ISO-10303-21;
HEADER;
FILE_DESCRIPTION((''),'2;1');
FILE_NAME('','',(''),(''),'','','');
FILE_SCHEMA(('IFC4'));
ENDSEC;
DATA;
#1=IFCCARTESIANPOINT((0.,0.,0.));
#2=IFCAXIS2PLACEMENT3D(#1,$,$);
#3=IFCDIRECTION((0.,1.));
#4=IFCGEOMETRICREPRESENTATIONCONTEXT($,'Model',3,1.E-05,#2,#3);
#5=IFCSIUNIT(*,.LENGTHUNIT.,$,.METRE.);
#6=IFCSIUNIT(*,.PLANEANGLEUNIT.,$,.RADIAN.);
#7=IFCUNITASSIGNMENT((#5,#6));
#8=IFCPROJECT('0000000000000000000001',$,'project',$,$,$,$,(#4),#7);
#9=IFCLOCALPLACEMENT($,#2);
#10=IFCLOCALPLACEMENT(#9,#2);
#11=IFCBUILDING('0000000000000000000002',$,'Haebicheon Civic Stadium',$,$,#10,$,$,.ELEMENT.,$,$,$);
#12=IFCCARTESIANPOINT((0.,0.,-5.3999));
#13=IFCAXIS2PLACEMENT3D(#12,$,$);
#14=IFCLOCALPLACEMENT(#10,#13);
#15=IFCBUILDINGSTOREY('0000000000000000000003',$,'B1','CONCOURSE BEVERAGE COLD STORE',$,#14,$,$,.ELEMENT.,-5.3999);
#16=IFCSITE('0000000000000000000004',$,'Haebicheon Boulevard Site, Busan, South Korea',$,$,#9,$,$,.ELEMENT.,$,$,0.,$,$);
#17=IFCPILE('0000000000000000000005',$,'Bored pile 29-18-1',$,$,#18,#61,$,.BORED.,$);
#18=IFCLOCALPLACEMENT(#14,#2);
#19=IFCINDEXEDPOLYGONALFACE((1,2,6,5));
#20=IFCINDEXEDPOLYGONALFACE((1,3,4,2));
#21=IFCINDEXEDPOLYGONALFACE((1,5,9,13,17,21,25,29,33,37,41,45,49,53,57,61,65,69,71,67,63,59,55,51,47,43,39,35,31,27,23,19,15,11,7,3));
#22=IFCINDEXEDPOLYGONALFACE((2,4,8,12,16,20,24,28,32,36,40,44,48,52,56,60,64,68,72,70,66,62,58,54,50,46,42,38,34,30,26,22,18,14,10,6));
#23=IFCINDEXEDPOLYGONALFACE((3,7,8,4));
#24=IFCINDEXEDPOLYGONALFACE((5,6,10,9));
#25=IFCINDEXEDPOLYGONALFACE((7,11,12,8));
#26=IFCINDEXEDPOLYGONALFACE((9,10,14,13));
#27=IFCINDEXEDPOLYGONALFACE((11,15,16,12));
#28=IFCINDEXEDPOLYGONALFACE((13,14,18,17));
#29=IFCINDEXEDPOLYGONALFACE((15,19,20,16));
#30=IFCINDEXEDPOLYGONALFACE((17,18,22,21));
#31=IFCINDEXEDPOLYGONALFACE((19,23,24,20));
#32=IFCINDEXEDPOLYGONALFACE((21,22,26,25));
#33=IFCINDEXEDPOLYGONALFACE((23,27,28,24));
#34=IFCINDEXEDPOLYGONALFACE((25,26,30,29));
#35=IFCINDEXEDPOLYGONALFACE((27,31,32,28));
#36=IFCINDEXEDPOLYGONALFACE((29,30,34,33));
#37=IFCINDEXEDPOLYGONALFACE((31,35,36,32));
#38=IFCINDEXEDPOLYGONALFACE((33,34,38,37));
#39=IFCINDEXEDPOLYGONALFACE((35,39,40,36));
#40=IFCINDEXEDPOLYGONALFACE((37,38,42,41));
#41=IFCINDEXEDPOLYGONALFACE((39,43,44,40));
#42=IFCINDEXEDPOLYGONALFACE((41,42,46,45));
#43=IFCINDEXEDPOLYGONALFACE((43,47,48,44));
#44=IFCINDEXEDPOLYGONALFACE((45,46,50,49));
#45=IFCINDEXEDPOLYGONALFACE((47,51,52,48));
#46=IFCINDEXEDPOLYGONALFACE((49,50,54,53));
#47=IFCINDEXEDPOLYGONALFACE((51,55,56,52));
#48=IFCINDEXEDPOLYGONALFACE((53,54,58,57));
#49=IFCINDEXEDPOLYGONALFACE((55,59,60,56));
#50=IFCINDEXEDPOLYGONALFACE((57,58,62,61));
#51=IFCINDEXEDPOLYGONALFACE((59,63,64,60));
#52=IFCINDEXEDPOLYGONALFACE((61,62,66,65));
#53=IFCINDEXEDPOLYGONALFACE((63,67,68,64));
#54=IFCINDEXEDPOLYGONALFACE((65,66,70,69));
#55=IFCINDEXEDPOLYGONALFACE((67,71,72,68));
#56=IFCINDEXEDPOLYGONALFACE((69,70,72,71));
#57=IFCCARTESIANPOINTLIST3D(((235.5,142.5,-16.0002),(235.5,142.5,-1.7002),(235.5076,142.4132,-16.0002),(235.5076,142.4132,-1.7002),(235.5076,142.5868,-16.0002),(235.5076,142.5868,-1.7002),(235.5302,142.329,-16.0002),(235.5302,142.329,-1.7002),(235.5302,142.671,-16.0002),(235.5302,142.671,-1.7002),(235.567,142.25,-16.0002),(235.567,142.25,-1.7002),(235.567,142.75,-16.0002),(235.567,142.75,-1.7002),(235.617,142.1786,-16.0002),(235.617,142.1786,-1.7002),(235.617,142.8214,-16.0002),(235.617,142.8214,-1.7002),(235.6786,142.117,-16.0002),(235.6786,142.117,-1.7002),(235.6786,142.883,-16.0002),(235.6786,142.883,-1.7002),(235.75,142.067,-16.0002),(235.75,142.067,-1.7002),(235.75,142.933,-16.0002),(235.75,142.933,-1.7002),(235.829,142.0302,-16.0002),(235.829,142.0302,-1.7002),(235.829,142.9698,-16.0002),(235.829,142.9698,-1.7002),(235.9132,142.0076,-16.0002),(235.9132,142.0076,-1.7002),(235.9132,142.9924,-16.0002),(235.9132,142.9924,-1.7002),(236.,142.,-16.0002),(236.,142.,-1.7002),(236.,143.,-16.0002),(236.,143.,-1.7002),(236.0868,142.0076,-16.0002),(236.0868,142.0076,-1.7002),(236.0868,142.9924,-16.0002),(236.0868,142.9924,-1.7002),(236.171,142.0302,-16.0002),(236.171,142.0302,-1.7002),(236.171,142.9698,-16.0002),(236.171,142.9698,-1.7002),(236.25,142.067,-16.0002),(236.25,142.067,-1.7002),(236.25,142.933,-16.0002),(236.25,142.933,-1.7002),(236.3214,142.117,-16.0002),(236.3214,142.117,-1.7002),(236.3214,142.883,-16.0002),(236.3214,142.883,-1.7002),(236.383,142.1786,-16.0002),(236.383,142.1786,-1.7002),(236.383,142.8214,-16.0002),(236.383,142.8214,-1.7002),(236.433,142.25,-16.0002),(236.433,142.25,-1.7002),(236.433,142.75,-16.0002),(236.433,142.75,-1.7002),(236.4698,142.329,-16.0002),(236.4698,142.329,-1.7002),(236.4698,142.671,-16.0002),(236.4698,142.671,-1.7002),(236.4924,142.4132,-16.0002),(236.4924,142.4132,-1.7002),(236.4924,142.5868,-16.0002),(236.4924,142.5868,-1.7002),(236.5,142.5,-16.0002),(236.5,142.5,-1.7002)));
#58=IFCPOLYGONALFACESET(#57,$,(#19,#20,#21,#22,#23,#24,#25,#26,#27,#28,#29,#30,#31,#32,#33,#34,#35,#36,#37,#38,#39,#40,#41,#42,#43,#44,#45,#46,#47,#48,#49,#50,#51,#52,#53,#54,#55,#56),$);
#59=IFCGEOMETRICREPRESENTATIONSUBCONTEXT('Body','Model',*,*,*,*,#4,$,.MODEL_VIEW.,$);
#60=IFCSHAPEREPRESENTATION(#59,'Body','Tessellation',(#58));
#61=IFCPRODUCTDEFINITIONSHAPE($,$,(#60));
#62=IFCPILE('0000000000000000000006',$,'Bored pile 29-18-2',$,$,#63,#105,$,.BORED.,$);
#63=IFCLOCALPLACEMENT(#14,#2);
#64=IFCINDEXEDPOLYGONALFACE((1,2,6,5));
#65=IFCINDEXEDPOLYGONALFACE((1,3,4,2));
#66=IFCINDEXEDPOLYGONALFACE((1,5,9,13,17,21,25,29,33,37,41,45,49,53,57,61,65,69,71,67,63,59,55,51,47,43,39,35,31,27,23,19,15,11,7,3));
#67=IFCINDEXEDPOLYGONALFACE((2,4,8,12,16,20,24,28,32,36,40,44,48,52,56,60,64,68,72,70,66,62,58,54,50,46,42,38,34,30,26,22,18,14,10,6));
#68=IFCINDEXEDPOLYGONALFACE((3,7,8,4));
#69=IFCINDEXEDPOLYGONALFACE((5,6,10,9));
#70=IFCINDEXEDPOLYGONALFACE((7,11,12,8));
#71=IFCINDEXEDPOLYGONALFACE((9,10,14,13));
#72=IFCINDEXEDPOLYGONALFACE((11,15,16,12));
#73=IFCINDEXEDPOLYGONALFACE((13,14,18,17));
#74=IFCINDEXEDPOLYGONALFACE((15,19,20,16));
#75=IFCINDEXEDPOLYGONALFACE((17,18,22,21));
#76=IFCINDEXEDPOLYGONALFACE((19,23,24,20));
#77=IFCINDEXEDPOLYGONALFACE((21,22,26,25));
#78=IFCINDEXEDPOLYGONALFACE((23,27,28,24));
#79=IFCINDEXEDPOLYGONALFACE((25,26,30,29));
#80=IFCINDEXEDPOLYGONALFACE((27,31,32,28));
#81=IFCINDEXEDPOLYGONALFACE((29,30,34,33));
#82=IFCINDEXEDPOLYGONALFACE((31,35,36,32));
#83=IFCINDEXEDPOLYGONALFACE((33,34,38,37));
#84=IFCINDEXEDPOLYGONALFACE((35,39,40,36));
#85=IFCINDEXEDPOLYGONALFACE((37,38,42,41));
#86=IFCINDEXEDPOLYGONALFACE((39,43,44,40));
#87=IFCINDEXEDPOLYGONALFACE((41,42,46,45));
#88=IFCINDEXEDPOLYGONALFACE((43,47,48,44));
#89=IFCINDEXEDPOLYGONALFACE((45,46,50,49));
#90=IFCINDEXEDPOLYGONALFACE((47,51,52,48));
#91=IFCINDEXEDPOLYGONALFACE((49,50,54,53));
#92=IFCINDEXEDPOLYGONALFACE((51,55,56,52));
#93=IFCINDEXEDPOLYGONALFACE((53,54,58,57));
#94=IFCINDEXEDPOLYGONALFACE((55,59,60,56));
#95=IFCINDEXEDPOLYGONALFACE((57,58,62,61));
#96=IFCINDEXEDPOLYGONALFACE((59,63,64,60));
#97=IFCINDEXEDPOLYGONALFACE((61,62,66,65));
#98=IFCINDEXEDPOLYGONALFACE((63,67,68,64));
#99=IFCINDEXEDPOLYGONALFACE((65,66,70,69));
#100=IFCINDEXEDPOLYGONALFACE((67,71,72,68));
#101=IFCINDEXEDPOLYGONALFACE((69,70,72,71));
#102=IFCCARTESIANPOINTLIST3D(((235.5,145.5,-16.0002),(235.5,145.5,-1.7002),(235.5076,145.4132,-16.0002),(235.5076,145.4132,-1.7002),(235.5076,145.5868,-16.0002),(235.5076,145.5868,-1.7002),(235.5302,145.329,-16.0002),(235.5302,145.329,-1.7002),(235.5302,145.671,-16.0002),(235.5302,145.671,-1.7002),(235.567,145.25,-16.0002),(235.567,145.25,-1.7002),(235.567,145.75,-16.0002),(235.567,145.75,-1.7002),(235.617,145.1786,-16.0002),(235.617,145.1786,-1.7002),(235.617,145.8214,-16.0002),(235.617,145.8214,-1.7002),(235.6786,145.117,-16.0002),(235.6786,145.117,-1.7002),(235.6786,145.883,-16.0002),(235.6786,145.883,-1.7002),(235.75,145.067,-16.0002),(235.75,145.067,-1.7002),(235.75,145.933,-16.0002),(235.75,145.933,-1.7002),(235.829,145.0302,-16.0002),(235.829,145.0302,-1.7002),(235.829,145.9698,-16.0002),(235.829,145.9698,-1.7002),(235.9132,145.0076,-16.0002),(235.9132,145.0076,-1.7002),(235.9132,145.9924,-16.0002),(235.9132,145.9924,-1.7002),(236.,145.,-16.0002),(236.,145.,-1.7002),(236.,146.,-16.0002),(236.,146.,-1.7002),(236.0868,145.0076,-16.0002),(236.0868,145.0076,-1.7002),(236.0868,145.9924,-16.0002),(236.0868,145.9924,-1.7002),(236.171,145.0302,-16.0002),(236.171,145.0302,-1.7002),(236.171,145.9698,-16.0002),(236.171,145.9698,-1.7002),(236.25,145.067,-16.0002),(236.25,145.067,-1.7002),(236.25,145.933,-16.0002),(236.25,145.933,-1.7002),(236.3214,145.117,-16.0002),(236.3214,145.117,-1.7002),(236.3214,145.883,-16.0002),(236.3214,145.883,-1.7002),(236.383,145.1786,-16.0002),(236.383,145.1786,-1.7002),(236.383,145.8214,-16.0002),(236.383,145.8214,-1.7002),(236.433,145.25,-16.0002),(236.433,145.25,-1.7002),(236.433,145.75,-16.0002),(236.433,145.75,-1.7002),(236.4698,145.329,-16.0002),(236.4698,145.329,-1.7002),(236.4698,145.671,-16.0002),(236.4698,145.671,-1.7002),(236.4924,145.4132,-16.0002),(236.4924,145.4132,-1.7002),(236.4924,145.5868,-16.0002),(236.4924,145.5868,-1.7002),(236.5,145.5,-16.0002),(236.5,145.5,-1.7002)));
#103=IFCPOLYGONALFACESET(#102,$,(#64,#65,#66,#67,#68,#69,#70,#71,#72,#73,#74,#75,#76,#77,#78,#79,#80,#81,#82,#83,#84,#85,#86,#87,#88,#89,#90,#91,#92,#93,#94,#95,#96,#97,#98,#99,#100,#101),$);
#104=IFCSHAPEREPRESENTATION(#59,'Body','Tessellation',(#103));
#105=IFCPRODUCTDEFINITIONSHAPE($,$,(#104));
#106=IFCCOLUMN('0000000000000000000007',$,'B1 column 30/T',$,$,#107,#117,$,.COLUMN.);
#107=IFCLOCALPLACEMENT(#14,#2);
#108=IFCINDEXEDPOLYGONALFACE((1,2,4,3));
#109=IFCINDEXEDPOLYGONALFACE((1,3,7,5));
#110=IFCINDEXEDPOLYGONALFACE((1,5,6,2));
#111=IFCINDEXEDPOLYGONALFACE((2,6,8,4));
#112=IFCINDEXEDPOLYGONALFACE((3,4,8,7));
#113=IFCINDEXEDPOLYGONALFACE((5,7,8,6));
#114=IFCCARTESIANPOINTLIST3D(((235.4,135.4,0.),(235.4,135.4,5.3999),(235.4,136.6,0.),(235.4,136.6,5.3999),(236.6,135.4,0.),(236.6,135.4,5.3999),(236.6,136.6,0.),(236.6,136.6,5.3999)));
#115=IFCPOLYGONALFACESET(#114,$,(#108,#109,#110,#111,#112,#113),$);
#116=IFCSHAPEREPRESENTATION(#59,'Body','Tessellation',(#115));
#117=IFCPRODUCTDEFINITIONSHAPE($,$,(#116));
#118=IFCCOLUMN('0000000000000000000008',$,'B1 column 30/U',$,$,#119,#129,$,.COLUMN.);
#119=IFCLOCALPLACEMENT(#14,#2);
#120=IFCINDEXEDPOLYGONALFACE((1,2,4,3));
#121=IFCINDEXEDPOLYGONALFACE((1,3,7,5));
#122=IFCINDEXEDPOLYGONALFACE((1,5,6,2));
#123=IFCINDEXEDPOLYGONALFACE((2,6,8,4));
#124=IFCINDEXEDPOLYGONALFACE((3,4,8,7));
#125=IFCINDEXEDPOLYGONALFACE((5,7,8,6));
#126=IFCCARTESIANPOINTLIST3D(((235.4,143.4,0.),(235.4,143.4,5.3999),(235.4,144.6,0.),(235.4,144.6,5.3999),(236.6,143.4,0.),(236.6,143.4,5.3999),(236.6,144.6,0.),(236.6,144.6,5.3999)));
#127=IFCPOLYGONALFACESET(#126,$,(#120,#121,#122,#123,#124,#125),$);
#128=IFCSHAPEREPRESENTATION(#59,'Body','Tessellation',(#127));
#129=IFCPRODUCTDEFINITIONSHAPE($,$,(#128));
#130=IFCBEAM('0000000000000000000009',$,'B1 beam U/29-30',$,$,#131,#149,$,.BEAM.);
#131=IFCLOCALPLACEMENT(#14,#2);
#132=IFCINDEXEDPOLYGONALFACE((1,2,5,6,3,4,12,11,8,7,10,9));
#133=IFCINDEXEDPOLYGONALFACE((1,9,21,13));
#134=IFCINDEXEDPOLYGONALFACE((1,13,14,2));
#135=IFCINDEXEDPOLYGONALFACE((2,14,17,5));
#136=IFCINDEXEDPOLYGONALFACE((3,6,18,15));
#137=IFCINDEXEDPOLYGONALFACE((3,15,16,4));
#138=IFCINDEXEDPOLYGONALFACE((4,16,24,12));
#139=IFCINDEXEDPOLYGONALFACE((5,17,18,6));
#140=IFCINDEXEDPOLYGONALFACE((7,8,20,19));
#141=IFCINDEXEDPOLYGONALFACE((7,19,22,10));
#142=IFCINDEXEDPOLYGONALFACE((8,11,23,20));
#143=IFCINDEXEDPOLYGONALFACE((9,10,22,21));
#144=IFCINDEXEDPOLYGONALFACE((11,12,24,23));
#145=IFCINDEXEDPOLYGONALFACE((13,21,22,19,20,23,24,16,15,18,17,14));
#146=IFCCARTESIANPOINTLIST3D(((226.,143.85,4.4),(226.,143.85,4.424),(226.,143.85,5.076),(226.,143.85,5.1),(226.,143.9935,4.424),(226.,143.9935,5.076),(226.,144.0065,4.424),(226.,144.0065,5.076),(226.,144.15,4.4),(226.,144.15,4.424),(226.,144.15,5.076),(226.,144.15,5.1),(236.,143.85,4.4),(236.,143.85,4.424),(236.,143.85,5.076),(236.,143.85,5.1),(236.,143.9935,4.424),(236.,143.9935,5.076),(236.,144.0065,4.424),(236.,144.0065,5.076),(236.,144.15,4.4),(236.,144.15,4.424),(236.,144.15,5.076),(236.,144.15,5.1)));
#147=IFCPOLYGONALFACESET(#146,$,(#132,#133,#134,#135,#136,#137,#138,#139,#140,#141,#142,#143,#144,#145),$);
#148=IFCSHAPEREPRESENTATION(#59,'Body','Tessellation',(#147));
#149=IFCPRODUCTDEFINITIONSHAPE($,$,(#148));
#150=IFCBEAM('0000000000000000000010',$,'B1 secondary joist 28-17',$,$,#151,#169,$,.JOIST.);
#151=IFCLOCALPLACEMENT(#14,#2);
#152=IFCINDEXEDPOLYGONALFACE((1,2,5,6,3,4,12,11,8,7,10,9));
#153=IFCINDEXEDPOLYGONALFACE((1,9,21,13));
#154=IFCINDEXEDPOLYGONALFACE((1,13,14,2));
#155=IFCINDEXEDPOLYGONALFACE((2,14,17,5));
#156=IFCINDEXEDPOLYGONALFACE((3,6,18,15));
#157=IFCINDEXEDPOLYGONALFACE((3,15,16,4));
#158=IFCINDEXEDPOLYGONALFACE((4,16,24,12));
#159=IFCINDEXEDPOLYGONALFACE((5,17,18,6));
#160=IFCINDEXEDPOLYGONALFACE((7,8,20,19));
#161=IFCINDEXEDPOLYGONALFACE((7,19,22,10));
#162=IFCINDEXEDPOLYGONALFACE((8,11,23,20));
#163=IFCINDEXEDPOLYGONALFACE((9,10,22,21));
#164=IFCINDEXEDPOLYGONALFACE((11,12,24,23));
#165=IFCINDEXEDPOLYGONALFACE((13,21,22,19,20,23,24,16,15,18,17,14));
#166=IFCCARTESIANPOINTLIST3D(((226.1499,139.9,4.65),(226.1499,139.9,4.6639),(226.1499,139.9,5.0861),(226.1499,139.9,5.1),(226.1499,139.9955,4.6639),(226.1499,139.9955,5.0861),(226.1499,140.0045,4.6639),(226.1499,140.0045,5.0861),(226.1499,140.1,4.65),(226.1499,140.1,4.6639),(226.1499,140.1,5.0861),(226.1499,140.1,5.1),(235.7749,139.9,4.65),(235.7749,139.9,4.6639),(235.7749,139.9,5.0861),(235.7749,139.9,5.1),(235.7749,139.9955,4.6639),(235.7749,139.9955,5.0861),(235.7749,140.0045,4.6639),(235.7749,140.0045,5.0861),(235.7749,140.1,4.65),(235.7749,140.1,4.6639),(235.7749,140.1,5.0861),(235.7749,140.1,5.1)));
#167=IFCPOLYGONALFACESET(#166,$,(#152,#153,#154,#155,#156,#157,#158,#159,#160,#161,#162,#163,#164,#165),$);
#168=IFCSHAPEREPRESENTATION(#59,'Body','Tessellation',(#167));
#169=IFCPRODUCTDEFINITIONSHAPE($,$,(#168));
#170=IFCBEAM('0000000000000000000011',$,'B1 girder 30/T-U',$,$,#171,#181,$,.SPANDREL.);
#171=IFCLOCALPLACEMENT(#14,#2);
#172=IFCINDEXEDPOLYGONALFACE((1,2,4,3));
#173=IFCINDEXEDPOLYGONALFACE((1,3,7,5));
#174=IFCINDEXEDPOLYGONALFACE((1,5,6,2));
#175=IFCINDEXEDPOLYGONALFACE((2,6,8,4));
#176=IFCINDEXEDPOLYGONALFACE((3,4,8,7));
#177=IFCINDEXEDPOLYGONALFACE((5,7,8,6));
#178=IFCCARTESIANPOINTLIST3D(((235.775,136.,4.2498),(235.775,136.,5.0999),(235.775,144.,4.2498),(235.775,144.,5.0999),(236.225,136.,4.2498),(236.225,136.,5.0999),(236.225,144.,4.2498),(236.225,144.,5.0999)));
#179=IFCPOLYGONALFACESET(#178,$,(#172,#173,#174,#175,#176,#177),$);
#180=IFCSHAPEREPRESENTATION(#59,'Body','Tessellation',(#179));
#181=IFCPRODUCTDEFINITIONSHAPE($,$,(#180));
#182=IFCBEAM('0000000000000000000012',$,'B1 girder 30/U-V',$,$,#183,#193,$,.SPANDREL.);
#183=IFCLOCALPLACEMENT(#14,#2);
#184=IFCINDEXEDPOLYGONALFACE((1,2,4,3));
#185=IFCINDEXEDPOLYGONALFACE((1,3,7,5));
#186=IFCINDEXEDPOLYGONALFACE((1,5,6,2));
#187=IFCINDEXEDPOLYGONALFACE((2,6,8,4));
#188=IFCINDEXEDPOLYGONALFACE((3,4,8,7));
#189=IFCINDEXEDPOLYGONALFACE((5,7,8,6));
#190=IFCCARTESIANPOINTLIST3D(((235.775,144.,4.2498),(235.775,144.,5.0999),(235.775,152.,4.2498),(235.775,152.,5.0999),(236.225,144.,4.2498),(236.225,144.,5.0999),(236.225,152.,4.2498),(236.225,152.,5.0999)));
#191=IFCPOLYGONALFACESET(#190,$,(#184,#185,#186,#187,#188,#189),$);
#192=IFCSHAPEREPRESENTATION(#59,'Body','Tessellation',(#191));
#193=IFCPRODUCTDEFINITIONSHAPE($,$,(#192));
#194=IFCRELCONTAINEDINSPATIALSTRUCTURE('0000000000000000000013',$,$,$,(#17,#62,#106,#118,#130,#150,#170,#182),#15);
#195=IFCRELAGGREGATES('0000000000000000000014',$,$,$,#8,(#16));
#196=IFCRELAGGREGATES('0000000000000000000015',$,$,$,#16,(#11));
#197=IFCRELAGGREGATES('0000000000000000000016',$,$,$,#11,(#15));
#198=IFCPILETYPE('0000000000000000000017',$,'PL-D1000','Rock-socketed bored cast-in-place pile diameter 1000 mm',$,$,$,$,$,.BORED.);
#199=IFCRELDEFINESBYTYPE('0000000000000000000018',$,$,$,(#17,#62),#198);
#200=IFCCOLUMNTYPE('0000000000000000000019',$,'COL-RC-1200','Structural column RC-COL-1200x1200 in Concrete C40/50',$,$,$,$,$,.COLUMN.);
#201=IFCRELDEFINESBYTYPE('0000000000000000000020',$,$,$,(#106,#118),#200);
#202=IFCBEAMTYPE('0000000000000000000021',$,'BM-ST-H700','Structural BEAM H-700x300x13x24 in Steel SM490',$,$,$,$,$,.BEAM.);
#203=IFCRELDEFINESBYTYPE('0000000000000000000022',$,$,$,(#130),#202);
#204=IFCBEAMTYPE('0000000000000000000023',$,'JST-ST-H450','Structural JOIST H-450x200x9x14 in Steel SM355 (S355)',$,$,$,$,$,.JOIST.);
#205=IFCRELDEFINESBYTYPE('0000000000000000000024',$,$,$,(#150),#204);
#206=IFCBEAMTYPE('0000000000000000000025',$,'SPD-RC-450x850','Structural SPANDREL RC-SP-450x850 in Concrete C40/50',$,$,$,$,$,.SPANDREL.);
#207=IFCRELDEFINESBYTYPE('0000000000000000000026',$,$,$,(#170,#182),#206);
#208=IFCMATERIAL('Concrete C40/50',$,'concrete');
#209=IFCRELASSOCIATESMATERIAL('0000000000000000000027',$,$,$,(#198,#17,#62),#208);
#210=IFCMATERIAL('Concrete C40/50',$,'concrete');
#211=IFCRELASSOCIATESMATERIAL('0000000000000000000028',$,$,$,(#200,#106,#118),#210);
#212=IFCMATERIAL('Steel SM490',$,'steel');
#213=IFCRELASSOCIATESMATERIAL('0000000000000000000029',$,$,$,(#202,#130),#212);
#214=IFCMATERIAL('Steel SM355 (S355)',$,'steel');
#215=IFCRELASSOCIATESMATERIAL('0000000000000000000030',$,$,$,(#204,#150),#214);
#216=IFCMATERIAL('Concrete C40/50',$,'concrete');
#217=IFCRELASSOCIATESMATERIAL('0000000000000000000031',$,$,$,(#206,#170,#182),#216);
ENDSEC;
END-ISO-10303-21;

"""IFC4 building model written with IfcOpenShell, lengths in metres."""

from ifc_helpers import new_model, si_unit, direction, frame, origin, origin_2d, place, context, subcontext, project, spatial, rectangle, circle, i_section, extrude, material, material_profile, profile_set, type_object, element, save


model = new_model("IFC4")

# Units and contexts
model_context = context("Model", 3, precision=1e-05, world=origin(), true_north=direction((0.0, 1.0)))
body_context = subcontext(model_context, "Body", "Model", "MODEL_VIEW")
ifc_project = project(units=[si_unit("LENGTHUNIT", "METRE"), si_unit("PLANEANGLEUNIT", "RADIAN")], contexts=[model_context])

# Site, building, storey
site_placement = place(None, origin())
site = spatial("IfcSite", under=ifc_project, at=site_placement, Name="Haebicheon Boulevard Site, Busan, South Korea", CompositionType="ELEMENT", RefElevation=0.0)
building_placement = place(site_placement, origin())
building = spatial("IfcBuilding", under=site, at=building_placement, Name="Haebicheon Civic Stadium", CompositionType="ELEMENT")
storey_placement = place(building_placement, frame((0.0, 0.0, -5.3999)))
storey = spatial("IfcBuildingStorey", under=building, at=storey_placement, Name="B1", Description="CONCOURSE BEVERAGE COLD STORE", CompositionType="ELEMENT", Elevation=-5.3999)

# Piles
ifc_material_1 = material(Name="Concrete C40/50", Category="concrete")
ifc_material_profile_1 = material_profile(ifc_material_1, circle(Radius=0.5, at=origin_2d()), Name="PILE-D1000")
ifc_profile_set_1 = profile_set([ifc_material_profile_1], Name="Concrete C40/50")
pile_type = type_object("IfcPileType", Name="PL-D1000", Description="Rock-socketed bored cast-in-place pile diameter 1000 mm", PredefinedType="BORED", material=ifc_profile_set_1)
for number, where, z_axis, x_axis, name in (
    (1, (236.0, 142.5, -1.7002), (0.0, 0.0, -1.0), (1.0, 0.0, 0.0), "Bored pile 29-18-1"),
    (2, (236.0, 145.5, -1.7002), (0.0, 0.0, -1.0), (1.0, 0.0, 0.0), "Bored pile 29-18-2"),
):
    element("IfcPile", number, at=place(storey_placement, frame(where, z_axis=z_axis, x_axis=x_axis)), inside=storey, type_object=pile_type, material=ifc_profile_set_1, Name=name, PredefinedType="BORED", context=body_context, shape_type="SweptSolid", body=[
        extrude(circle(Radius=0.5, at=origin_2d()), origin(), (0.0, 0.0, 1.0), 14.3),
    ])

# Columns
ifc_material_2 = material(Name="Concrete C40/50", Category="concrete")
ifc_material_profile_2 = material_profile(ifc_material_2, rectangle(XDim=1.2, YDim=1.2, at=origin_2d()), Name="RC-COL-1200x1200")
ifc_profile_set_2 = profile_set([ifc_material_profile_2], Name="Concrete C40/50")
column_type = type_object("IfcColumnType", Name="COL-RC-1200", Description="Structural column RC-COL-1200x1200 in Concrete C40/50", PredefinedType="COLUMN", material=ifc_profile_set_2)
for number, where, z_axis, x_axis, name in (
    (3, (236.0, 136.0, 0.0), (0.0, 0.0, 1.0), (1.0, 0.0, 0.0), "B1 column 30/T"),
    (4, (236.0, 144.0, 0.0), (0.0, 0.0, 1.0), (1.0, 0.0, 0.0), "B1 column 30/U"),
):
    element("IfcColumn", number, at=place(storey_placement, frame(where, z_axis=z_axis, x_axis=x_axis)), inside=storey, type_object=column_type, material=ifc_profile_set_2, Name=name, PredefinedType="COLUMN", context=body_context, shape_type="SweptSolid", body=[
        extrude(rectangle(XDim=1.2, YDim=1.2, at=origin_2d()), origin(), (0.0, 0.0, 1.0), 5.3999),
    ])

# Beams
ifc_material_3 = material(Name="Steel SM490", Category="steel")
ifc_material_profile_3 = material_profile(ifc_material_3, i_section(OverallWidth=0.3, OverallDepth=0.7, WebThickness=0.0129, FlangeThickness=0.0239, at=origin_2d()), Name="H-700x300x13x24")
ifc_profile_set_3 = profile_set([ifc_material_profile_3], Name="Steel SM490")
beam_type_1 = type_object("IfcBeamType", Name="BM-ST-H700", Description="Structural BEAM H-700x300x13x24 in Steel SM490", PredefinedType="BEAM", material=ifc_profile_set_3)
beam_1_placement = place(storey_placement, frame((226.0, 144.0, 4.75), z_axis=(1.0, 0.0, 0.0), x_axis=(0.0, 1.0, 0.0)))
element("IfcBeam", 5, at=beam_1_placement, inside=storey, type_object=beam_type_1, material=ifc_profile_set_3, Name="B1 beam U/29-30", PredefinedType="BEAM", context=body_context, shape_type="SweptSolid", body=[
    extrude(i_section(OverallWidth=0.3, OverallDepth=0.7, WebThickness=0.0129, FlangeThickness=0.0239, at=origin_2d()), origin(), (0.0, 0.0, 1.0), 10.0),
])
ifc_material_4 = material(Name="Steel SM355 (S355)", Category="steel")
ifc_material_profile_4 = material_profile(ifc_material_4, i_section(OverallWidth=0.2, OverallDepth=0.45, WebThickness=0.009, FlangeThickness=0.0139, at=origin_2d()), Name="H-450x200x9x14")
ifc_profile_set_4 = profile_set([ifc_material_profile_4], Name="Steel SM355 (S355)")
beam_type_2 = type_object("IfcBeamType", Name="JST-ST-H450", Description="Structural JOIST H-450x200x9x14 in Steel SM355 (S355)", PredefinedType="JOIST", material=ifc_profile_set_4)
beam_2_placement = place(storey_placement, frame((226.1499, 140.0, 4.875), z_axis=(1.0, 0.0, 0.0), x_axis=(0.0, 1.0, 0.0)))
element("IfcBeam", 6, at=beam_2_placement, inside=storey, type_object=beam_type_2, material=ifc_profile_set_4, Name="B1 secondary joist 28-17", PredefinedType="JOIST", context=body_context, shape_type="SweptSolid", body=[
    extrude(i_section(OverallWidth=0.2, OverallDepth=0.45, WebThickness=0.009, FlangeThickness=0.0139, at=origin_2d()), origin(), (0.0, 0.0, 1.0), 9.625),
])
ifc_material_5 = material(Name="Concrete C40/50", Category="concrete")
ifc_material_profile_5 = material_profile(ifc_material_5, rectangle(XDim=0.45, YDim=0.8501, at=origin_2d()), Name="RC-SP-450x850")
ifc_profile_set_5 = profile_set([ifc_material_profile_5], Name="Concrete C40/50")
beam_type_3 = type_object("IfcBeamType", Name="SPD-RC-450x850", Description="Structural SPANDREL RC-SP-450x850 in Concrete C40/50", PredefinedType="SPANDREL", material=ifc_profile_set_5)
for number, where, z_axis, x_axis, name in (
    (7, (236.0, 136.0, 4.6748), (0.0, 1.0, 0.0), (-1.0, 0.0, 0.0), "B1 girder 30/T-U"),
    (8, (236.0, 144.0, 4.6748), (0.0, 1.0, 0.0), (-1.0, 0.0, 0.0), "B1 girder 30/U-V"),
):
    element("IfcBeam", number, at=place(storey_placement, frame(where, z_axis=z_axis, x_axis=x_axis)), inside=storey, type_object=beam_type_3, material=ifc_profile_set_5, Name=name, PredefinedType="SPANDREL", context=body_context, shape_type="SweptSolid", body=[
        extrude(rectangle(XDim=0.45, YDim=0.8501, at=origin_2d()), origin(), (0.0, 0.0, 1.0), 8.0),
    ])

save(model, "model.ifc")
